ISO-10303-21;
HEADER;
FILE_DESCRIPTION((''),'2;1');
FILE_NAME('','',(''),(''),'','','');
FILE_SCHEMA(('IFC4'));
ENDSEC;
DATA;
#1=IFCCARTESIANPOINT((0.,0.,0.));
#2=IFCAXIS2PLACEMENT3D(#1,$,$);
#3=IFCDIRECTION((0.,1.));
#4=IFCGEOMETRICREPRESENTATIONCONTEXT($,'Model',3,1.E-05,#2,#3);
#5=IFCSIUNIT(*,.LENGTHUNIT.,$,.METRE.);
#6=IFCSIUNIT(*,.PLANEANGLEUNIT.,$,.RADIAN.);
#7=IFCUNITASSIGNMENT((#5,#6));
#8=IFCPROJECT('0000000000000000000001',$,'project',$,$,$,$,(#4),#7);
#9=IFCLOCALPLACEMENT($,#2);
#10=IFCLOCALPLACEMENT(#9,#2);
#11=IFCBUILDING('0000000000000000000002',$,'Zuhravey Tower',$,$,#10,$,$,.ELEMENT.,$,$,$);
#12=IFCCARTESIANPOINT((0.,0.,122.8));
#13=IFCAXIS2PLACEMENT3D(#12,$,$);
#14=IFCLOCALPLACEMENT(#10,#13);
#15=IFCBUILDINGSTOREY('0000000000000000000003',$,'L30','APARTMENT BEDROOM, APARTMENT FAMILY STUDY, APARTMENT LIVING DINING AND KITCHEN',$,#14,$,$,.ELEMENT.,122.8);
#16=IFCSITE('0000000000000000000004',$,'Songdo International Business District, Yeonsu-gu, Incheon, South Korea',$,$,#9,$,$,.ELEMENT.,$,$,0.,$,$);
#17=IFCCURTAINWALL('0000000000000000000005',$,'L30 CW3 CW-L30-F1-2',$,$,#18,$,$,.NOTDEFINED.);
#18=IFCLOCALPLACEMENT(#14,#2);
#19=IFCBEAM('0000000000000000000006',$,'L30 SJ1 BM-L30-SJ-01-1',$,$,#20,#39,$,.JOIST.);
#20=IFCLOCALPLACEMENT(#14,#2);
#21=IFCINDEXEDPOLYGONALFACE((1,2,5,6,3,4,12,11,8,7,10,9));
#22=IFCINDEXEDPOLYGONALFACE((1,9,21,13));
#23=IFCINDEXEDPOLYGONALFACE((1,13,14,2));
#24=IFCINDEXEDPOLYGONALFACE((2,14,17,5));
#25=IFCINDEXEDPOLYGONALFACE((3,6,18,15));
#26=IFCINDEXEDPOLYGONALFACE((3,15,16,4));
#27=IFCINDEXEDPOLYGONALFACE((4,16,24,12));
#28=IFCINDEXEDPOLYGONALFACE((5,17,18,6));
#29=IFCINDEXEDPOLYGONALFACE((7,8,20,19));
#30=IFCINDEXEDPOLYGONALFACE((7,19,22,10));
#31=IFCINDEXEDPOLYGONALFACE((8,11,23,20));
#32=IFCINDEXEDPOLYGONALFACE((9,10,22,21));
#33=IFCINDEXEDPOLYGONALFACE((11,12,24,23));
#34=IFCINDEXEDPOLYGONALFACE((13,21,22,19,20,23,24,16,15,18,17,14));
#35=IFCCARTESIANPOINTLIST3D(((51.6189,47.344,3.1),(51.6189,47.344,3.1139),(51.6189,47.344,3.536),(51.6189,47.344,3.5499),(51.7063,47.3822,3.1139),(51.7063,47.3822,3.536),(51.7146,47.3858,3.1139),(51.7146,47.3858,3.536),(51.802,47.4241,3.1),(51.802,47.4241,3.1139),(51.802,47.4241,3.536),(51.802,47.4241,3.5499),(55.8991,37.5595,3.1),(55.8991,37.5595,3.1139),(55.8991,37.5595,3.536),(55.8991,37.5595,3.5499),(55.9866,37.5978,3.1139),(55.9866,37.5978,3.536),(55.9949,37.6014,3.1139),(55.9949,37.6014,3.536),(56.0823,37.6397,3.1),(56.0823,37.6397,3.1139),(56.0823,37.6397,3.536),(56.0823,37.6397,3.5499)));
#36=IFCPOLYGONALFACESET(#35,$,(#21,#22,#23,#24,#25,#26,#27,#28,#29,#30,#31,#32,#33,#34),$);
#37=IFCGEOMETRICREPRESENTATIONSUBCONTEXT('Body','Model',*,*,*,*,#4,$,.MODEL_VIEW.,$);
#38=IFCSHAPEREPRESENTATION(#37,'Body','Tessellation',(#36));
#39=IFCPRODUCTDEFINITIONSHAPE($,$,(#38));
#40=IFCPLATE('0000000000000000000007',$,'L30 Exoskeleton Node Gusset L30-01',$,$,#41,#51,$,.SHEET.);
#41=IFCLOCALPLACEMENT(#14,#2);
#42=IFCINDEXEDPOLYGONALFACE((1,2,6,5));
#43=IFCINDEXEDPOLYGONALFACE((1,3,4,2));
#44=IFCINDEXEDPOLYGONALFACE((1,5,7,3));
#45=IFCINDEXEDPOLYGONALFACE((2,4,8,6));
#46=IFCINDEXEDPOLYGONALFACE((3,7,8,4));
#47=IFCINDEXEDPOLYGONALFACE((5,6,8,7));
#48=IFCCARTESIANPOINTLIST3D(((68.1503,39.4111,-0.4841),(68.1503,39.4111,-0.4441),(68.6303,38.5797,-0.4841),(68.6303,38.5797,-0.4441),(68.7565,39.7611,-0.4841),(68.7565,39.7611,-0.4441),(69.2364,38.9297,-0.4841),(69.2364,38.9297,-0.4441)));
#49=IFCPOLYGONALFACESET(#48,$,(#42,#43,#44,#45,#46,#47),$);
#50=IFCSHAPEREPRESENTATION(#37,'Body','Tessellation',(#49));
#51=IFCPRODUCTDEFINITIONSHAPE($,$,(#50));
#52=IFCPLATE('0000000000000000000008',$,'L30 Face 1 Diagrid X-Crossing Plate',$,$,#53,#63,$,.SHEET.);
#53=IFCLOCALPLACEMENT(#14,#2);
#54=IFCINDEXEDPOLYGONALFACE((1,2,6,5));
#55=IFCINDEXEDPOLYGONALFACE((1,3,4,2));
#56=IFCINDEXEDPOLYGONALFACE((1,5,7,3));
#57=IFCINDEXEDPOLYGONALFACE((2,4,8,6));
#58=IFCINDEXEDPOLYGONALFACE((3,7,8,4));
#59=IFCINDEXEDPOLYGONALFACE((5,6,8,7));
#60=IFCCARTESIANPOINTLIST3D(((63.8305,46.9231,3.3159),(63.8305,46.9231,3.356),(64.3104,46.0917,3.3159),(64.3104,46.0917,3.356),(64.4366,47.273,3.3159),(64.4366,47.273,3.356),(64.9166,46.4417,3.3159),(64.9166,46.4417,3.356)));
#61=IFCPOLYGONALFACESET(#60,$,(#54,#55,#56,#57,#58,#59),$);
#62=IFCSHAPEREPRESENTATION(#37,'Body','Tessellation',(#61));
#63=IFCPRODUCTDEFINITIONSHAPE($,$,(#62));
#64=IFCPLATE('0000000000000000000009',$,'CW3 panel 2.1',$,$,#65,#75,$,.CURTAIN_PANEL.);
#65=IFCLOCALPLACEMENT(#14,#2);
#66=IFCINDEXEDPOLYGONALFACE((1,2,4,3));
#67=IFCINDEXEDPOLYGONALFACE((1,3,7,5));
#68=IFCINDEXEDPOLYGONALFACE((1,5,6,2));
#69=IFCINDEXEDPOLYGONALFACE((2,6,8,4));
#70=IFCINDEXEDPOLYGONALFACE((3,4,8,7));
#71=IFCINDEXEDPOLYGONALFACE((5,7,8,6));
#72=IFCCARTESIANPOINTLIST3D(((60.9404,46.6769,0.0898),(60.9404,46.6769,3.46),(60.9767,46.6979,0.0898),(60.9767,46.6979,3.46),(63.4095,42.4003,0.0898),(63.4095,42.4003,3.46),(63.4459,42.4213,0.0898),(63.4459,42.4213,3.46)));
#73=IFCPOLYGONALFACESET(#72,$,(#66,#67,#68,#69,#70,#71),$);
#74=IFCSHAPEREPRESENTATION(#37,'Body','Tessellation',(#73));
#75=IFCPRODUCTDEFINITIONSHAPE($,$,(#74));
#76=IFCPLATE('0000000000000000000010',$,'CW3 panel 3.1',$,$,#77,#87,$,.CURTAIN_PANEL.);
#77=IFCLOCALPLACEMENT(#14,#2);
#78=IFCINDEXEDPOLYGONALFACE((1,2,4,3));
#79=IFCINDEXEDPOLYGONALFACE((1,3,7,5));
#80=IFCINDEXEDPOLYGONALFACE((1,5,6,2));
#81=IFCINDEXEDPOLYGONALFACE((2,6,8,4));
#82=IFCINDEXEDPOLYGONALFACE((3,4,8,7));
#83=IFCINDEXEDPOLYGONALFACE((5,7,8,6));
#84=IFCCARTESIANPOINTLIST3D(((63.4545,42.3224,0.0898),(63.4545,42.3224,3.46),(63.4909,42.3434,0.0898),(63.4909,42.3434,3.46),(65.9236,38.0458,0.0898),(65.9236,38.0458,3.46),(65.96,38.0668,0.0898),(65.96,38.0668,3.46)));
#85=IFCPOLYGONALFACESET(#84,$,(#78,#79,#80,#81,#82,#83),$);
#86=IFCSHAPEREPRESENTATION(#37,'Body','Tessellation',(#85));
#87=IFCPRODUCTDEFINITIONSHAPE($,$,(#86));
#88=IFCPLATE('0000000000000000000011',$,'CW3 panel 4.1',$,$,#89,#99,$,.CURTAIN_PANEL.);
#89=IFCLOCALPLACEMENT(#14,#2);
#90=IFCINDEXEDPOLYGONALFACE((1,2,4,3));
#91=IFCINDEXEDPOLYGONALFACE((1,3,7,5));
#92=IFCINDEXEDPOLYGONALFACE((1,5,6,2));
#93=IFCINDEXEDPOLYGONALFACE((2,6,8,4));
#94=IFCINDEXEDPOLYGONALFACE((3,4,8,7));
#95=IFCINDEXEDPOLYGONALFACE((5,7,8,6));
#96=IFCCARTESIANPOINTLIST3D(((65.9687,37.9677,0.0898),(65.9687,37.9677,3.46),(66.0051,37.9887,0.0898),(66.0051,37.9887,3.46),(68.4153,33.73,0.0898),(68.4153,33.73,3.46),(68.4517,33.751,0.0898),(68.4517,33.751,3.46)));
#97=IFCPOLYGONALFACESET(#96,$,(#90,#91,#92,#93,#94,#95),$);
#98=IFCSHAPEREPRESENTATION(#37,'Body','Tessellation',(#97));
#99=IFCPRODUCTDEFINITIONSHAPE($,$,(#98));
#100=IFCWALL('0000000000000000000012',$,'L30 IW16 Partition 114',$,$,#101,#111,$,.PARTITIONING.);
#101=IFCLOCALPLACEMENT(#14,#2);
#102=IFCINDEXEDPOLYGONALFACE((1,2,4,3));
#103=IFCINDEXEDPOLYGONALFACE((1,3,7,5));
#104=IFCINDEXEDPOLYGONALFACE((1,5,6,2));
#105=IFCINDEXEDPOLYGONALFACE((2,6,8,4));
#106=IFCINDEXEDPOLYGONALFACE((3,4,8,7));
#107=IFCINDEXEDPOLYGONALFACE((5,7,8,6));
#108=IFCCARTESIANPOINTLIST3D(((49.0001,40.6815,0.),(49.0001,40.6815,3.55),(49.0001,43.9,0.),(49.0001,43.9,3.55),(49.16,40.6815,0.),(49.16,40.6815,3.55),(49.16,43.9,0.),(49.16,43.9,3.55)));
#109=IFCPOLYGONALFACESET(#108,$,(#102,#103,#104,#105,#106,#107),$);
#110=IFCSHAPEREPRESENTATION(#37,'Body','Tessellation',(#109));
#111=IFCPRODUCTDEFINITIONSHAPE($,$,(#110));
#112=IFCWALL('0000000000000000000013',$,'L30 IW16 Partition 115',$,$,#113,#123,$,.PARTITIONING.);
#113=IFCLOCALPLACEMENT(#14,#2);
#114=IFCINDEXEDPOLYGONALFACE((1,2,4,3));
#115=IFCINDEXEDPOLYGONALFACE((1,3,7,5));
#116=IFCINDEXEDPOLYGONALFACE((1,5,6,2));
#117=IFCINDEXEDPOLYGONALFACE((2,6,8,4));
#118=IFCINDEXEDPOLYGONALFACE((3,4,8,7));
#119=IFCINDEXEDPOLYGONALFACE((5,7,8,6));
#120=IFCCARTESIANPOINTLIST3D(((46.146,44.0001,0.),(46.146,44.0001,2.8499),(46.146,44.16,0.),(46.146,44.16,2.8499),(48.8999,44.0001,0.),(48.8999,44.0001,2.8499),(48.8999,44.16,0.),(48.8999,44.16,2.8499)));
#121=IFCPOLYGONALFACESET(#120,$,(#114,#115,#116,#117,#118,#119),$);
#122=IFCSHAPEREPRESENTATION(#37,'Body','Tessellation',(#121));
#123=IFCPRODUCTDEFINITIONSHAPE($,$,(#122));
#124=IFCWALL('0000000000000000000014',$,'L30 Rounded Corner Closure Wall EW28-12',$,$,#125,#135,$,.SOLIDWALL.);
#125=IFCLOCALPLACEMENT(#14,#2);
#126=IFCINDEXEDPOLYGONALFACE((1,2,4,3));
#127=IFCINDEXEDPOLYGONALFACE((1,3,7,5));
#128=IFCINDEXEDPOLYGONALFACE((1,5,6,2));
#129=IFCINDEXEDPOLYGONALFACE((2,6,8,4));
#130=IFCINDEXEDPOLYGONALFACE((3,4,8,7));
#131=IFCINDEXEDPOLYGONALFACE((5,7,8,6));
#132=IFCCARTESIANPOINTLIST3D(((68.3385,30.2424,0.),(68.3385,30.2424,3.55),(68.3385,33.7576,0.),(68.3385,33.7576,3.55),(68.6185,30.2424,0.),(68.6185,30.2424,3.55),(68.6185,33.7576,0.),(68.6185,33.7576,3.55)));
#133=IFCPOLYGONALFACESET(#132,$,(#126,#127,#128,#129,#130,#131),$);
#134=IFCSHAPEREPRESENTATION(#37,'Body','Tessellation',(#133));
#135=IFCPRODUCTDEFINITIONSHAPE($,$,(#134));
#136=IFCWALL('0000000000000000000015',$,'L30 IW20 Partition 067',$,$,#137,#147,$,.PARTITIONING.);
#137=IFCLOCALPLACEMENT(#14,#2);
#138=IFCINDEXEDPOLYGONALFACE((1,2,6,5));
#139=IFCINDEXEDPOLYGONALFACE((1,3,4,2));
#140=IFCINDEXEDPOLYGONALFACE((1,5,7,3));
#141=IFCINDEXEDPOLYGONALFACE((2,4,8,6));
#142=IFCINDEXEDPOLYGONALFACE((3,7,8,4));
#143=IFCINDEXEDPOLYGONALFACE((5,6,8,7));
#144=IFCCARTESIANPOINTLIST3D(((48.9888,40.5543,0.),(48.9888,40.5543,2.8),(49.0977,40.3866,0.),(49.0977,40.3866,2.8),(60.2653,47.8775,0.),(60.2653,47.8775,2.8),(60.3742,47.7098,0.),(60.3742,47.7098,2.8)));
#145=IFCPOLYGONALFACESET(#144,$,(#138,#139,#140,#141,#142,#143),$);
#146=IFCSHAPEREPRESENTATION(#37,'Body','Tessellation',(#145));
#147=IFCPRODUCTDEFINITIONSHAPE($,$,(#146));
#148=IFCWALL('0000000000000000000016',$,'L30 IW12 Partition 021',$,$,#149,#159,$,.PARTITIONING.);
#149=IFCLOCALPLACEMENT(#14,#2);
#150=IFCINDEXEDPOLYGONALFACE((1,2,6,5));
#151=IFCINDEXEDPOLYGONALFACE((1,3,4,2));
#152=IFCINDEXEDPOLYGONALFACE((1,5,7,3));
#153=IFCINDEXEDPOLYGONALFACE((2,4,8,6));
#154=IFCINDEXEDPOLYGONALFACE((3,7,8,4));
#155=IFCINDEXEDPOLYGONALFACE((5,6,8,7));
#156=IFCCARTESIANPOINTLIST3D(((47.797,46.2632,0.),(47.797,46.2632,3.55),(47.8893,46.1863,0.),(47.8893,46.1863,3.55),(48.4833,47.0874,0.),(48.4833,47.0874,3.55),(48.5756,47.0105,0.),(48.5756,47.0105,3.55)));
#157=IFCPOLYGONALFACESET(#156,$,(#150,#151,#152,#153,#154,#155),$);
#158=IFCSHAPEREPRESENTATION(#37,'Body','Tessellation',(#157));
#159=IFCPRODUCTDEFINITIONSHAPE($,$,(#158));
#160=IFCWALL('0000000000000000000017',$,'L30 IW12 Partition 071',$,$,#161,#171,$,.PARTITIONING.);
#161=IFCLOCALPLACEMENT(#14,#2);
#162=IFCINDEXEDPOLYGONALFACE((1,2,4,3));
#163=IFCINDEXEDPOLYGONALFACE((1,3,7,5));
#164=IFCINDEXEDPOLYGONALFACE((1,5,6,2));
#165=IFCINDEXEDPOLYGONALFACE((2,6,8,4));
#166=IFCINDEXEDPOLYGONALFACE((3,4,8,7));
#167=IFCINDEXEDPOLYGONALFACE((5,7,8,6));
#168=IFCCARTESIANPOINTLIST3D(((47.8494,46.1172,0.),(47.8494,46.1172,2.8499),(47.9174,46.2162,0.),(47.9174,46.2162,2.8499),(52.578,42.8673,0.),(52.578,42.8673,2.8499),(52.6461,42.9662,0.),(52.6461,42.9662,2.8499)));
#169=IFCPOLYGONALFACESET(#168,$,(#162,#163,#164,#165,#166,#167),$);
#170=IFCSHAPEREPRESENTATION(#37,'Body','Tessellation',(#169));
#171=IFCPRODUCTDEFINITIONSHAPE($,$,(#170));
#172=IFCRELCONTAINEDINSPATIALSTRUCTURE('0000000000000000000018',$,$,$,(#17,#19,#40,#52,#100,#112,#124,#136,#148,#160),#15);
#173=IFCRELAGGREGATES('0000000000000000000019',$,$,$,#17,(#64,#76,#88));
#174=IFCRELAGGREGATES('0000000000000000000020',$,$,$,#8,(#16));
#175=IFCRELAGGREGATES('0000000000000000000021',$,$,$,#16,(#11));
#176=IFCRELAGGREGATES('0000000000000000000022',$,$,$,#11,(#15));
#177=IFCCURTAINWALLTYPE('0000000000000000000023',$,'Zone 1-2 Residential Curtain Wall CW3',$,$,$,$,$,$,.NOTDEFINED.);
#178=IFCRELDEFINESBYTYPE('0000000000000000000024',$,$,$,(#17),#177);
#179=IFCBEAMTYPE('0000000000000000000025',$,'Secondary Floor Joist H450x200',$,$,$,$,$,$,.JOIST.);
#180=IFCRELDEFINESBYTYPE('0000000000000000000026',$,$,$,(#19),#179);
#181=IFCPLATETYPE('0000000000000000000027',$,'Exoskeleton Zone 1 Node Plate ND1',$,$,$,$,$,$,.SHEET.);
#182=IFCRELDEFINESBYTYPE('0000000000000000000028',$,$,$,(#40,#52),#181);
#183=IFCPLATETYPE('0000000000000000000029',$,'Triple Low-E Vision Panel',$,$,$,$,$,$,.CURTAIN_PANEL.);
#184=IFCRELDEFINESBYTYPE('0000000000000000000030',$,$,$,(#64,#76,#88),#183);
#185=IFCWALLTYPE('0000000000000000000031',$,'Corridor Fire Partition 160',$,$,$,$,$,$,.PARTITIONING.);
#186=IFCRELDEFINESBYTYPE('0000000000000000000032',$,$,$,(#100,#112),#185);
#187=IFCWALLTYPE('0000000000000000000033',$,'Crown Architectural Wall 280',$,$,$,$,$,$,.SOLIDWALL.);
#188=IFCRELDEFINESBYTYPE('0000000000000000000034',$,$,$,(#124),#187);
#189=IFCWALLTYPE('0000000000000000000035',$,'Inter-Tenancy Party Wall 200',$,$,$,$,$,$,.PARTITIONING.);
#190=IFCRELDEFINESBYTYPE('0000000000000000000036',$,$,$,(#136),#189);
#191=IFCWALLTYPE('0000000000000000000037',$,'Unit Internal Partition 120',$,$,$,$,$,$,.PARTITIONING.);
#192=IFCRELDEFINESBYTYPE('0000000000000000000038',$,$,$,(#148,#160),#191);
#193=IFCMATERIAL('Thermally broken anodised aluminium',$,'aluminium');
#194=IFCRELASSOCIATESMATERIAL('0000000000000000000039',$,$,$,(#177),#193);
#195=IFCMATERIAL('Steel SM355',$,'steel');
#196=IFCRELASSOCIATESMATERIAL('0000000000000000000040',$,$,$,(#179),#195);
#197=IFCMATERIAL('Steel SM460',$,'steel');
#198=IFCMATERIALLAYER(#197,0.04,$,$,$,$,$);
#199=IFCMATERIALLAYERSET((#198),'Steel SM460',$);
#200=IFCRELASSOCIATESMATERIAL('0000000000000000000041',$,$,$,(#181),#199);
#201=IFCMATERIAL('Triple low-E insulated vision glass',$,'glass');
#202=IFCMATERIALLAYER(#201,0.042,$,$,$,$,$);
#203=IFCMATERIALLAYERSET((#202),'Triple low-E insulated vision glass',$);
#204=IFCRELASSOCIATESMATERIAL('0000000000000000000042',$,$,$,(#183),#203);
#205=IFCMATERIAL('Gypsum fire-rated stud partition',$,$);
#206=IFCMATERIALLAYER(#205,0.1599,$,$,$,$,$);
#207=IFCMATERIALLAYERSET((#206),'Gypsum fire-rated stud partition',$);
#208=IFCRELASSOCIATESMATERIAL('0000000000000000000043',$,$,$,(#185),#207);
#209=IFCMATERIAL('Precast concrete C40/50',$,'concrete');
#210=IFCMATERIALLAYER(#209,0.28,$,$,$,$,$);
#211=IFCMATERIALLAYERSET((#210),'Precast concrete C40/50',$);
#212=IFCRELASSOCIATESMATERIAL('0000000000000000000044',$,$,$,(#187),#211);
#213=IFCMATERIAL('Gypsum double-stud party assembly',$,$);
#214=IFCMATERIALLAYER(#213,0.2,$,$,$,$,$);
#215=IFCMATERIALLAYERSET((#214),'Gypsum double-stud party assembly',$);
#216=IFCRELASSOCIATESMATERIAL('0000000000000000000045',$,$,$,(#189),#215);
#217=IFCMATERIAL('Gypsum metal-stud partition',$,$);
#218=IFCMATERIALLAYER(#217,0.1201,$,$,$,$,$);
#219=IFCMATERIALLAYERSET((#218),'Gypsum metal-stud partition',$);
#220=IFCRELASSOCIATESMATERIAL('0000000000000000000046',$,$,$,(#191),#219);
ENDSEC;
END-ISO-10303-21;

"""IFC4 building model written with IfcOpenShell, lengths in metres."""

from ifc_helpers import new_model, si_unit, direction, frame, frame_2d, origin, origin_2d, place, context, subcontext, project, spatial, rectangle, i_section, extrude, material, layer, layer_set, material_profile, profile_set, type_object, element, aggregate, save


model = new_model("IFC4")

# Units and contexts
model_context = context("Model", 3, precision=1e-05, world=origin(), true_north=direction((0.0, 1.0)))
body_context = subcontext(model_context, "Body", "Model", "MODEL_VIEW")
ifc_project = project(units=[si_unit("LENGTHUNIT", "METRE"), si_unit("PLANEANGLEUNIT", "RADIAN")], contexts=[model_context])

# Site, building, storey
site_placement = place(None, origin())
site = spatial("IfcSite", under=ifc_project, at=site_placement, Name="Songdo International Business District, Yeonsu-gu, Incheon, South Korea", CompositionType="ELEMENT", RefElevation=0.0)
building_placement = place(site_placement, origin())
building = spatial("IfcBuilding", under=site, at=building_placement, Name="Zuhravey Tower", CompositionType="ELEMENT")
storey_placement = place(building_placement, frame((0.0, 0.0, 122.8)))
storey = spatial("IfcBuildingStorey", under=building, at=storey_placement, Name="L30", Description="APARTMENT BEDROOM, APARTMENT FAMILY STUDY, APARTMENT LIVING DINING AND KITCHEN", CompositionType="ELEMENT", Elevation=122.8)

# Curtain wall
ifc_material_1 = material(Name="Thermally broken anodised aluminium", Category="aluminium")
curtain_wall_type = type_object("IfcCurtainWallType", Name="Zone 1-2 Residential Curtain Wall CW3", PredefinedType="NOTDEFINED", material=ifc_material_1)
curtain_wall_placement = place(storey_placement, origin())
curtain_wall = element("IfcCurtainWall", 1, at=curtain_wall_placement, inside=storey, type_object=curtain_wall_type, Name="L30 CW3 CW-L30-F1-2", PredefinedType="NOTDEFINED")

# Shared definitions
ifc_material_2 = material(Name="Steel SM355", Category="steel")
ifc_material_3 = material(Name="Steel SM460", Category="steel")

# Beam
ifc_material_profile_1 = material_profile(ifc_material_2, i_section(OverallWidth=0.2, OverallDepth=0.45, WebThickness=0.009, FlangeThickness=0.0139, at=origin_2d()), Name="H-450x200x9x14")
ifc_profile_set_1 = profile_set([ifc_material_profile_1], Name="Steel SM355")
beam_type_1 = type_object("IfcBeamType", Name="Secondary Floor Joist H450x200", PredefinedType="JOIST", material=ifc_profile_set_1)
beam_1_placement = place(storey_placement, frame((55.9907, 37.5996, 3.325), z_axis=(-0.400786, 0.916172, 0.0), x_axis=(-0.916172, -0.400786, 0.0)))
element("IfcBeam", 2, at=beam_1_placement, inside=storey, type_object=beam_type_1, Name="L30 SJ1 BM-L30-SJ-01-1", PredefinedType="JOIST", context=body_context, shape_type="SweptSolid", body=[
    extrude(i_section(OverallWidth=0.2, OverallDepth=0.45, WebThickness=0.009, FlangeThickness=0.0139, at=origin_2d()), origin(), (0.0, 0.0, 1.0), 10.6797),
])

# Plates
ifc_layer_1 = layer(ifc_material_3, 0.04)
ifc_layer_set_1 = layer_set([ifc_layer_1], Name="Steel SM460")
plate_type_1 = type_object("IfcPlateType", Name="Exoskeleton Zone 1 Node Plate ND1", PredefinedType="SHEET", material=ifc_layer_set_1)
for number, where, z_axis, x_axis, name in (
    (3, (68.6934, 39.1704, -0.4841), (0.0, 0.0, 1.0), (-0.5, 0.866025, 0.0), "L30 Exoskeleton Node Gusset L30-01"),
    (4, (64.3735, 46.6824, 3.3159), (0.0, 0.0, 1.0), (-0.5, 0.866025, 0.0), "L30 Face 1 Diagrid X-Crossing Plate"),
):
    element("IfcPlate", number, at=place(storey_placement, frame(where, z_axis=z_axis, x_axis=x_axis)), inside=storey, type_object=plate_type_1, Name=name, PredefinedType="SHEET", context=body_context, shape_type="SweptSolid", body=[
        extrude(rectangle(XDim=0.96, YDim=0.7, at=origin_2d()), origin(), (0.0, 0.0, 1.0), 0.04),
    ])

# Plates
ifc_material_4 = material(Name="Triple low-E insulated vision glass", Category="glass")
ifc_layer_2 = layer(ifc_material_4, 0.042)
ifc_layer_set_2 = layer_set([ifc_layer_2], Name="Triple low-E insulated vision glass")
plate_type_2 = type_object("IfcPlateType", Name="Triple Low-E Vision Panel", PredefinedType="CURTAIN_PANEL", material=ifc_layer_set_2)
plate_1_placement = place(storey_placement, frame((62.1931, 44.5491, 0.0898), z_axis=(0.0, 0.0, 1.0), x_axis=(0.499999, -0.866026, 0.0)))
plate_1 = element("IfcPlate", 5, at=plate_1_placement, type_object=plate_type_2, Name="CW3 panel 2.1", PredefinedType="CURTAIN_PANEL", context=body_context, shape_type="SweptSolid", body=[
    extrude(rectangle(XDim=4.9382, YDim=0.042, at=origin_2d()), origin(), (0.0, 0.0, 1.0), 3.3701),
])
plate_2_placement = place(storey_placement, frame((64.7073, 40.1946, 0.0898), z_axis=(0.0, 0.0, 1.0), x_axis=(0.499999, -0.866026, 0.0)))
plate_2 = element("IfcPlate", 6, at=plate_2_placement, type_object=plate_type_2, Name="CW3 panel 3.1", PredefinedType="CURTAIN_PANEL", context=body_context, shape_type="SweptSolid", body=[
    extrude(rectangle(XDim=4.9382, YDim=0.042, at=origin_2d()), origin(), (0.0, 0.0, 1.0), 3.3701),
])
plate_3_placement = place(storey_placement, frame((67.2102, 35.8594, 0.0898), z_axis=(0.0, 0.0, 1.0), x_axis=(0.499999, -0.866026, 0.0)))
plate_3 = element("IfcPlate", 7, at=plate_3_placement, type_object=plate_type_2, Name="CW3 panel 4.1", PredefinedType="CURTAIN_PANEL", context=body_context, shape_type="SweptSolid", body=[
    extrude(rectangle(XDim=4.8933, YDim=0.042, at=origin_2d()), origin(), (0.0, 0.0, 1.0), 3.3701),
])
aggregate(curtain_wall, [plate_1, plate_2, plate_3])

# Walls
ifc_material_5 = material(Name="Gypsum fire-rated stud partition")
ifc_layer_3 = layer(ifc_material_5, 0.1599)
ifc_layer_set_3 = layer_set([ifc_layer_3], Name="Gypsum fire-rated stud partition")
wall_type_1 = type_object("IfcWallType", Name="Corridor Fire Partition 160", PredefinedType="PARTITIONING", material=ifc_layer_set_3)
wall_1_placement = place(storey_placement, frame((49.0801, 40.6814, 0.0), z_axis=(0.0, 0.0, 1.0), x_axis=(0.0, 1.0, 0.0)))
element("IfcWall", 8, at=wall_1_placement, inside=storey, type_object=wall_type_1, Name="L30 IW16 Partition 114", PredefinedType="PARTITIONING", context=body_context, shape_type="SweptSolid", body=[
    extrude(rectangle(XDim=3.2185, YDim=0.1599, at=frame_2d((1.6094, 0.0))), origin(), (0.0, 0.0, 1.0), 3.55),
])
wall_2_placement = place(storey_placement, frame((48.8999, 44.0801, 0.0), z_axis=(0.0, 0.0, 1.0), x_axis=(-1.0, 0.0, 0.0)))
element("IfcWall", 9, at=wall_2_placement, inside=storey, type_object=wall_type_1, Name="L30 IW16 Partition 115", PredefinedType="PARTITIONING", context=body_context, shape_type="SweptSolid", body=[
    extrude(rectangle(XDim=2.7539, YDim=0.1599, at=frame_2d((1.377, 0.0))), origin(), (0.0, 0.0, 1.0), 2.8499),
])
ifc_material_6 = material(Name="Precast concrete C40/50", Category="concrete")
ifc_layer_4 = layer(ifc_material_6, 0.28)
ifc_layer_set_4 = layer_set([ifc_layer_4], Name="Precast concrete C40/50")
wall_type_2 = type_object("IfcWallType", Name="Crown Architectural Wall 280", PredefinedType="SOLIDWALL", material=ifc_layer_set_4)
wall_3_placement = place(storey_placement, frame((68.4785, 33.7576, 0.0), z_axis=(0.0, 0.0, 1.0), x_axis=(0.0, -1.0, 0.0)))
element("IfcWall", 10, at=wall_3_placement, inside=storey, type_object=wall_type_2, Name="L30 Rounded Corner Closure Wall EW28-12", PredefinedType="SOLIDWALL", context=body_context, shape_type="SweptSolid", body=[
    extrude(rectangle(XDim=3.5151, YDim=0.28, at=frame_2d((1.7576, 0.0))), origin(), (0.0, 0.0, 1.0), 3.55),
])
ifc_material_7 = material(Name="Gypsum double-stud party assembly")
ifc_layer_5 = layer(ifc_material_7, 0.2)
ifc_layer_set_5 = layer_set([ifc_layer_5], Name="Gypsum double-stud party assembly")
wall_type_3 = type_object("IfcWallType", Name="Inter-Tenancy Party Wall 200", PredefinedType="PARTITIONING", material=ifc_layer_set_5)
wall_4_placement = place(storey_placement, frame((49.0432, 40.4705, 0.0), z_axis=(0.0, 0.0, 1.0), x_axis=(0.838666, 0.544646, 0.0)))
element("IfcWall", 11, at=wall_4_placement, inside=storey, type_object=wall_type_3, Name="L30 IW20 Partition 067", PredefinedType="PARTITIONING", context=body_context, shape_type="SweptSolid", body=[
    extrude(rectangle(XDim=13.4458, YDim=0.2, at=frame_2d((6.7229, 0.0))), origin(), (0.0, 0.0, 1.0), 2.8),
])
ifc_material_8 = material(Name="Gypsum metal-stud partition")
ifc_layer_6 = layer(ifc_material_8, 0.1201)
ifc_layer_set_6 = layer_set([ifc_layer_6], Name="Gypsum metal-stud partition")
wall_type_4 = type_object("IfcWallType", Name="Unit Internal Partition 120", PredefinedType="PARTITIONING", material=ifc_layer_set_6)
wall_5_placement = place(storey_placement, frame((47.8433, 46.2249, 0.0), z_axis=(0.0, 0.0, 1.0), x_axis=(0.639871, 0.768482, 0.0)))
element("IfcWall", 12, at=wall_5_placement, inside=storey, type_object=wall_type_4, Name="L30 IW12 Partition 021", PredefinedType="PARTITIONING", context=body_context, shape_type="SweptSolid", body=[
    extrude(rectangle(XDim=1.0725, YDim=0.1201, at=frame_2d((0.5361, 0.0))), origin(), (0.0, 0.0, 1.0), 3.55),
])
wall_6_placement = place(storey_placement, frame((52.6121, 42.9167, 0.0), z_axis=(0.0, 0.0, 1.0), x_axis=(-0.824125, 0.566408, 0.0)))
element("IfcWall", 13, at=wall_6_placement, inside=storey, type_object=wall_type_4, Name="L30 IW12 Partition 071", PredefinedType="PARTITIONING", context=body_context, shape_type="SweptSolid", body=[
    extrude(rectangle(XDim=5.7378, YDim=0.1201, at=frame_2d((2.8689, 0.0))), origin(), (0.0, 0.0, 1.0), 2.8499),
])

save(model, "model.ifc")
